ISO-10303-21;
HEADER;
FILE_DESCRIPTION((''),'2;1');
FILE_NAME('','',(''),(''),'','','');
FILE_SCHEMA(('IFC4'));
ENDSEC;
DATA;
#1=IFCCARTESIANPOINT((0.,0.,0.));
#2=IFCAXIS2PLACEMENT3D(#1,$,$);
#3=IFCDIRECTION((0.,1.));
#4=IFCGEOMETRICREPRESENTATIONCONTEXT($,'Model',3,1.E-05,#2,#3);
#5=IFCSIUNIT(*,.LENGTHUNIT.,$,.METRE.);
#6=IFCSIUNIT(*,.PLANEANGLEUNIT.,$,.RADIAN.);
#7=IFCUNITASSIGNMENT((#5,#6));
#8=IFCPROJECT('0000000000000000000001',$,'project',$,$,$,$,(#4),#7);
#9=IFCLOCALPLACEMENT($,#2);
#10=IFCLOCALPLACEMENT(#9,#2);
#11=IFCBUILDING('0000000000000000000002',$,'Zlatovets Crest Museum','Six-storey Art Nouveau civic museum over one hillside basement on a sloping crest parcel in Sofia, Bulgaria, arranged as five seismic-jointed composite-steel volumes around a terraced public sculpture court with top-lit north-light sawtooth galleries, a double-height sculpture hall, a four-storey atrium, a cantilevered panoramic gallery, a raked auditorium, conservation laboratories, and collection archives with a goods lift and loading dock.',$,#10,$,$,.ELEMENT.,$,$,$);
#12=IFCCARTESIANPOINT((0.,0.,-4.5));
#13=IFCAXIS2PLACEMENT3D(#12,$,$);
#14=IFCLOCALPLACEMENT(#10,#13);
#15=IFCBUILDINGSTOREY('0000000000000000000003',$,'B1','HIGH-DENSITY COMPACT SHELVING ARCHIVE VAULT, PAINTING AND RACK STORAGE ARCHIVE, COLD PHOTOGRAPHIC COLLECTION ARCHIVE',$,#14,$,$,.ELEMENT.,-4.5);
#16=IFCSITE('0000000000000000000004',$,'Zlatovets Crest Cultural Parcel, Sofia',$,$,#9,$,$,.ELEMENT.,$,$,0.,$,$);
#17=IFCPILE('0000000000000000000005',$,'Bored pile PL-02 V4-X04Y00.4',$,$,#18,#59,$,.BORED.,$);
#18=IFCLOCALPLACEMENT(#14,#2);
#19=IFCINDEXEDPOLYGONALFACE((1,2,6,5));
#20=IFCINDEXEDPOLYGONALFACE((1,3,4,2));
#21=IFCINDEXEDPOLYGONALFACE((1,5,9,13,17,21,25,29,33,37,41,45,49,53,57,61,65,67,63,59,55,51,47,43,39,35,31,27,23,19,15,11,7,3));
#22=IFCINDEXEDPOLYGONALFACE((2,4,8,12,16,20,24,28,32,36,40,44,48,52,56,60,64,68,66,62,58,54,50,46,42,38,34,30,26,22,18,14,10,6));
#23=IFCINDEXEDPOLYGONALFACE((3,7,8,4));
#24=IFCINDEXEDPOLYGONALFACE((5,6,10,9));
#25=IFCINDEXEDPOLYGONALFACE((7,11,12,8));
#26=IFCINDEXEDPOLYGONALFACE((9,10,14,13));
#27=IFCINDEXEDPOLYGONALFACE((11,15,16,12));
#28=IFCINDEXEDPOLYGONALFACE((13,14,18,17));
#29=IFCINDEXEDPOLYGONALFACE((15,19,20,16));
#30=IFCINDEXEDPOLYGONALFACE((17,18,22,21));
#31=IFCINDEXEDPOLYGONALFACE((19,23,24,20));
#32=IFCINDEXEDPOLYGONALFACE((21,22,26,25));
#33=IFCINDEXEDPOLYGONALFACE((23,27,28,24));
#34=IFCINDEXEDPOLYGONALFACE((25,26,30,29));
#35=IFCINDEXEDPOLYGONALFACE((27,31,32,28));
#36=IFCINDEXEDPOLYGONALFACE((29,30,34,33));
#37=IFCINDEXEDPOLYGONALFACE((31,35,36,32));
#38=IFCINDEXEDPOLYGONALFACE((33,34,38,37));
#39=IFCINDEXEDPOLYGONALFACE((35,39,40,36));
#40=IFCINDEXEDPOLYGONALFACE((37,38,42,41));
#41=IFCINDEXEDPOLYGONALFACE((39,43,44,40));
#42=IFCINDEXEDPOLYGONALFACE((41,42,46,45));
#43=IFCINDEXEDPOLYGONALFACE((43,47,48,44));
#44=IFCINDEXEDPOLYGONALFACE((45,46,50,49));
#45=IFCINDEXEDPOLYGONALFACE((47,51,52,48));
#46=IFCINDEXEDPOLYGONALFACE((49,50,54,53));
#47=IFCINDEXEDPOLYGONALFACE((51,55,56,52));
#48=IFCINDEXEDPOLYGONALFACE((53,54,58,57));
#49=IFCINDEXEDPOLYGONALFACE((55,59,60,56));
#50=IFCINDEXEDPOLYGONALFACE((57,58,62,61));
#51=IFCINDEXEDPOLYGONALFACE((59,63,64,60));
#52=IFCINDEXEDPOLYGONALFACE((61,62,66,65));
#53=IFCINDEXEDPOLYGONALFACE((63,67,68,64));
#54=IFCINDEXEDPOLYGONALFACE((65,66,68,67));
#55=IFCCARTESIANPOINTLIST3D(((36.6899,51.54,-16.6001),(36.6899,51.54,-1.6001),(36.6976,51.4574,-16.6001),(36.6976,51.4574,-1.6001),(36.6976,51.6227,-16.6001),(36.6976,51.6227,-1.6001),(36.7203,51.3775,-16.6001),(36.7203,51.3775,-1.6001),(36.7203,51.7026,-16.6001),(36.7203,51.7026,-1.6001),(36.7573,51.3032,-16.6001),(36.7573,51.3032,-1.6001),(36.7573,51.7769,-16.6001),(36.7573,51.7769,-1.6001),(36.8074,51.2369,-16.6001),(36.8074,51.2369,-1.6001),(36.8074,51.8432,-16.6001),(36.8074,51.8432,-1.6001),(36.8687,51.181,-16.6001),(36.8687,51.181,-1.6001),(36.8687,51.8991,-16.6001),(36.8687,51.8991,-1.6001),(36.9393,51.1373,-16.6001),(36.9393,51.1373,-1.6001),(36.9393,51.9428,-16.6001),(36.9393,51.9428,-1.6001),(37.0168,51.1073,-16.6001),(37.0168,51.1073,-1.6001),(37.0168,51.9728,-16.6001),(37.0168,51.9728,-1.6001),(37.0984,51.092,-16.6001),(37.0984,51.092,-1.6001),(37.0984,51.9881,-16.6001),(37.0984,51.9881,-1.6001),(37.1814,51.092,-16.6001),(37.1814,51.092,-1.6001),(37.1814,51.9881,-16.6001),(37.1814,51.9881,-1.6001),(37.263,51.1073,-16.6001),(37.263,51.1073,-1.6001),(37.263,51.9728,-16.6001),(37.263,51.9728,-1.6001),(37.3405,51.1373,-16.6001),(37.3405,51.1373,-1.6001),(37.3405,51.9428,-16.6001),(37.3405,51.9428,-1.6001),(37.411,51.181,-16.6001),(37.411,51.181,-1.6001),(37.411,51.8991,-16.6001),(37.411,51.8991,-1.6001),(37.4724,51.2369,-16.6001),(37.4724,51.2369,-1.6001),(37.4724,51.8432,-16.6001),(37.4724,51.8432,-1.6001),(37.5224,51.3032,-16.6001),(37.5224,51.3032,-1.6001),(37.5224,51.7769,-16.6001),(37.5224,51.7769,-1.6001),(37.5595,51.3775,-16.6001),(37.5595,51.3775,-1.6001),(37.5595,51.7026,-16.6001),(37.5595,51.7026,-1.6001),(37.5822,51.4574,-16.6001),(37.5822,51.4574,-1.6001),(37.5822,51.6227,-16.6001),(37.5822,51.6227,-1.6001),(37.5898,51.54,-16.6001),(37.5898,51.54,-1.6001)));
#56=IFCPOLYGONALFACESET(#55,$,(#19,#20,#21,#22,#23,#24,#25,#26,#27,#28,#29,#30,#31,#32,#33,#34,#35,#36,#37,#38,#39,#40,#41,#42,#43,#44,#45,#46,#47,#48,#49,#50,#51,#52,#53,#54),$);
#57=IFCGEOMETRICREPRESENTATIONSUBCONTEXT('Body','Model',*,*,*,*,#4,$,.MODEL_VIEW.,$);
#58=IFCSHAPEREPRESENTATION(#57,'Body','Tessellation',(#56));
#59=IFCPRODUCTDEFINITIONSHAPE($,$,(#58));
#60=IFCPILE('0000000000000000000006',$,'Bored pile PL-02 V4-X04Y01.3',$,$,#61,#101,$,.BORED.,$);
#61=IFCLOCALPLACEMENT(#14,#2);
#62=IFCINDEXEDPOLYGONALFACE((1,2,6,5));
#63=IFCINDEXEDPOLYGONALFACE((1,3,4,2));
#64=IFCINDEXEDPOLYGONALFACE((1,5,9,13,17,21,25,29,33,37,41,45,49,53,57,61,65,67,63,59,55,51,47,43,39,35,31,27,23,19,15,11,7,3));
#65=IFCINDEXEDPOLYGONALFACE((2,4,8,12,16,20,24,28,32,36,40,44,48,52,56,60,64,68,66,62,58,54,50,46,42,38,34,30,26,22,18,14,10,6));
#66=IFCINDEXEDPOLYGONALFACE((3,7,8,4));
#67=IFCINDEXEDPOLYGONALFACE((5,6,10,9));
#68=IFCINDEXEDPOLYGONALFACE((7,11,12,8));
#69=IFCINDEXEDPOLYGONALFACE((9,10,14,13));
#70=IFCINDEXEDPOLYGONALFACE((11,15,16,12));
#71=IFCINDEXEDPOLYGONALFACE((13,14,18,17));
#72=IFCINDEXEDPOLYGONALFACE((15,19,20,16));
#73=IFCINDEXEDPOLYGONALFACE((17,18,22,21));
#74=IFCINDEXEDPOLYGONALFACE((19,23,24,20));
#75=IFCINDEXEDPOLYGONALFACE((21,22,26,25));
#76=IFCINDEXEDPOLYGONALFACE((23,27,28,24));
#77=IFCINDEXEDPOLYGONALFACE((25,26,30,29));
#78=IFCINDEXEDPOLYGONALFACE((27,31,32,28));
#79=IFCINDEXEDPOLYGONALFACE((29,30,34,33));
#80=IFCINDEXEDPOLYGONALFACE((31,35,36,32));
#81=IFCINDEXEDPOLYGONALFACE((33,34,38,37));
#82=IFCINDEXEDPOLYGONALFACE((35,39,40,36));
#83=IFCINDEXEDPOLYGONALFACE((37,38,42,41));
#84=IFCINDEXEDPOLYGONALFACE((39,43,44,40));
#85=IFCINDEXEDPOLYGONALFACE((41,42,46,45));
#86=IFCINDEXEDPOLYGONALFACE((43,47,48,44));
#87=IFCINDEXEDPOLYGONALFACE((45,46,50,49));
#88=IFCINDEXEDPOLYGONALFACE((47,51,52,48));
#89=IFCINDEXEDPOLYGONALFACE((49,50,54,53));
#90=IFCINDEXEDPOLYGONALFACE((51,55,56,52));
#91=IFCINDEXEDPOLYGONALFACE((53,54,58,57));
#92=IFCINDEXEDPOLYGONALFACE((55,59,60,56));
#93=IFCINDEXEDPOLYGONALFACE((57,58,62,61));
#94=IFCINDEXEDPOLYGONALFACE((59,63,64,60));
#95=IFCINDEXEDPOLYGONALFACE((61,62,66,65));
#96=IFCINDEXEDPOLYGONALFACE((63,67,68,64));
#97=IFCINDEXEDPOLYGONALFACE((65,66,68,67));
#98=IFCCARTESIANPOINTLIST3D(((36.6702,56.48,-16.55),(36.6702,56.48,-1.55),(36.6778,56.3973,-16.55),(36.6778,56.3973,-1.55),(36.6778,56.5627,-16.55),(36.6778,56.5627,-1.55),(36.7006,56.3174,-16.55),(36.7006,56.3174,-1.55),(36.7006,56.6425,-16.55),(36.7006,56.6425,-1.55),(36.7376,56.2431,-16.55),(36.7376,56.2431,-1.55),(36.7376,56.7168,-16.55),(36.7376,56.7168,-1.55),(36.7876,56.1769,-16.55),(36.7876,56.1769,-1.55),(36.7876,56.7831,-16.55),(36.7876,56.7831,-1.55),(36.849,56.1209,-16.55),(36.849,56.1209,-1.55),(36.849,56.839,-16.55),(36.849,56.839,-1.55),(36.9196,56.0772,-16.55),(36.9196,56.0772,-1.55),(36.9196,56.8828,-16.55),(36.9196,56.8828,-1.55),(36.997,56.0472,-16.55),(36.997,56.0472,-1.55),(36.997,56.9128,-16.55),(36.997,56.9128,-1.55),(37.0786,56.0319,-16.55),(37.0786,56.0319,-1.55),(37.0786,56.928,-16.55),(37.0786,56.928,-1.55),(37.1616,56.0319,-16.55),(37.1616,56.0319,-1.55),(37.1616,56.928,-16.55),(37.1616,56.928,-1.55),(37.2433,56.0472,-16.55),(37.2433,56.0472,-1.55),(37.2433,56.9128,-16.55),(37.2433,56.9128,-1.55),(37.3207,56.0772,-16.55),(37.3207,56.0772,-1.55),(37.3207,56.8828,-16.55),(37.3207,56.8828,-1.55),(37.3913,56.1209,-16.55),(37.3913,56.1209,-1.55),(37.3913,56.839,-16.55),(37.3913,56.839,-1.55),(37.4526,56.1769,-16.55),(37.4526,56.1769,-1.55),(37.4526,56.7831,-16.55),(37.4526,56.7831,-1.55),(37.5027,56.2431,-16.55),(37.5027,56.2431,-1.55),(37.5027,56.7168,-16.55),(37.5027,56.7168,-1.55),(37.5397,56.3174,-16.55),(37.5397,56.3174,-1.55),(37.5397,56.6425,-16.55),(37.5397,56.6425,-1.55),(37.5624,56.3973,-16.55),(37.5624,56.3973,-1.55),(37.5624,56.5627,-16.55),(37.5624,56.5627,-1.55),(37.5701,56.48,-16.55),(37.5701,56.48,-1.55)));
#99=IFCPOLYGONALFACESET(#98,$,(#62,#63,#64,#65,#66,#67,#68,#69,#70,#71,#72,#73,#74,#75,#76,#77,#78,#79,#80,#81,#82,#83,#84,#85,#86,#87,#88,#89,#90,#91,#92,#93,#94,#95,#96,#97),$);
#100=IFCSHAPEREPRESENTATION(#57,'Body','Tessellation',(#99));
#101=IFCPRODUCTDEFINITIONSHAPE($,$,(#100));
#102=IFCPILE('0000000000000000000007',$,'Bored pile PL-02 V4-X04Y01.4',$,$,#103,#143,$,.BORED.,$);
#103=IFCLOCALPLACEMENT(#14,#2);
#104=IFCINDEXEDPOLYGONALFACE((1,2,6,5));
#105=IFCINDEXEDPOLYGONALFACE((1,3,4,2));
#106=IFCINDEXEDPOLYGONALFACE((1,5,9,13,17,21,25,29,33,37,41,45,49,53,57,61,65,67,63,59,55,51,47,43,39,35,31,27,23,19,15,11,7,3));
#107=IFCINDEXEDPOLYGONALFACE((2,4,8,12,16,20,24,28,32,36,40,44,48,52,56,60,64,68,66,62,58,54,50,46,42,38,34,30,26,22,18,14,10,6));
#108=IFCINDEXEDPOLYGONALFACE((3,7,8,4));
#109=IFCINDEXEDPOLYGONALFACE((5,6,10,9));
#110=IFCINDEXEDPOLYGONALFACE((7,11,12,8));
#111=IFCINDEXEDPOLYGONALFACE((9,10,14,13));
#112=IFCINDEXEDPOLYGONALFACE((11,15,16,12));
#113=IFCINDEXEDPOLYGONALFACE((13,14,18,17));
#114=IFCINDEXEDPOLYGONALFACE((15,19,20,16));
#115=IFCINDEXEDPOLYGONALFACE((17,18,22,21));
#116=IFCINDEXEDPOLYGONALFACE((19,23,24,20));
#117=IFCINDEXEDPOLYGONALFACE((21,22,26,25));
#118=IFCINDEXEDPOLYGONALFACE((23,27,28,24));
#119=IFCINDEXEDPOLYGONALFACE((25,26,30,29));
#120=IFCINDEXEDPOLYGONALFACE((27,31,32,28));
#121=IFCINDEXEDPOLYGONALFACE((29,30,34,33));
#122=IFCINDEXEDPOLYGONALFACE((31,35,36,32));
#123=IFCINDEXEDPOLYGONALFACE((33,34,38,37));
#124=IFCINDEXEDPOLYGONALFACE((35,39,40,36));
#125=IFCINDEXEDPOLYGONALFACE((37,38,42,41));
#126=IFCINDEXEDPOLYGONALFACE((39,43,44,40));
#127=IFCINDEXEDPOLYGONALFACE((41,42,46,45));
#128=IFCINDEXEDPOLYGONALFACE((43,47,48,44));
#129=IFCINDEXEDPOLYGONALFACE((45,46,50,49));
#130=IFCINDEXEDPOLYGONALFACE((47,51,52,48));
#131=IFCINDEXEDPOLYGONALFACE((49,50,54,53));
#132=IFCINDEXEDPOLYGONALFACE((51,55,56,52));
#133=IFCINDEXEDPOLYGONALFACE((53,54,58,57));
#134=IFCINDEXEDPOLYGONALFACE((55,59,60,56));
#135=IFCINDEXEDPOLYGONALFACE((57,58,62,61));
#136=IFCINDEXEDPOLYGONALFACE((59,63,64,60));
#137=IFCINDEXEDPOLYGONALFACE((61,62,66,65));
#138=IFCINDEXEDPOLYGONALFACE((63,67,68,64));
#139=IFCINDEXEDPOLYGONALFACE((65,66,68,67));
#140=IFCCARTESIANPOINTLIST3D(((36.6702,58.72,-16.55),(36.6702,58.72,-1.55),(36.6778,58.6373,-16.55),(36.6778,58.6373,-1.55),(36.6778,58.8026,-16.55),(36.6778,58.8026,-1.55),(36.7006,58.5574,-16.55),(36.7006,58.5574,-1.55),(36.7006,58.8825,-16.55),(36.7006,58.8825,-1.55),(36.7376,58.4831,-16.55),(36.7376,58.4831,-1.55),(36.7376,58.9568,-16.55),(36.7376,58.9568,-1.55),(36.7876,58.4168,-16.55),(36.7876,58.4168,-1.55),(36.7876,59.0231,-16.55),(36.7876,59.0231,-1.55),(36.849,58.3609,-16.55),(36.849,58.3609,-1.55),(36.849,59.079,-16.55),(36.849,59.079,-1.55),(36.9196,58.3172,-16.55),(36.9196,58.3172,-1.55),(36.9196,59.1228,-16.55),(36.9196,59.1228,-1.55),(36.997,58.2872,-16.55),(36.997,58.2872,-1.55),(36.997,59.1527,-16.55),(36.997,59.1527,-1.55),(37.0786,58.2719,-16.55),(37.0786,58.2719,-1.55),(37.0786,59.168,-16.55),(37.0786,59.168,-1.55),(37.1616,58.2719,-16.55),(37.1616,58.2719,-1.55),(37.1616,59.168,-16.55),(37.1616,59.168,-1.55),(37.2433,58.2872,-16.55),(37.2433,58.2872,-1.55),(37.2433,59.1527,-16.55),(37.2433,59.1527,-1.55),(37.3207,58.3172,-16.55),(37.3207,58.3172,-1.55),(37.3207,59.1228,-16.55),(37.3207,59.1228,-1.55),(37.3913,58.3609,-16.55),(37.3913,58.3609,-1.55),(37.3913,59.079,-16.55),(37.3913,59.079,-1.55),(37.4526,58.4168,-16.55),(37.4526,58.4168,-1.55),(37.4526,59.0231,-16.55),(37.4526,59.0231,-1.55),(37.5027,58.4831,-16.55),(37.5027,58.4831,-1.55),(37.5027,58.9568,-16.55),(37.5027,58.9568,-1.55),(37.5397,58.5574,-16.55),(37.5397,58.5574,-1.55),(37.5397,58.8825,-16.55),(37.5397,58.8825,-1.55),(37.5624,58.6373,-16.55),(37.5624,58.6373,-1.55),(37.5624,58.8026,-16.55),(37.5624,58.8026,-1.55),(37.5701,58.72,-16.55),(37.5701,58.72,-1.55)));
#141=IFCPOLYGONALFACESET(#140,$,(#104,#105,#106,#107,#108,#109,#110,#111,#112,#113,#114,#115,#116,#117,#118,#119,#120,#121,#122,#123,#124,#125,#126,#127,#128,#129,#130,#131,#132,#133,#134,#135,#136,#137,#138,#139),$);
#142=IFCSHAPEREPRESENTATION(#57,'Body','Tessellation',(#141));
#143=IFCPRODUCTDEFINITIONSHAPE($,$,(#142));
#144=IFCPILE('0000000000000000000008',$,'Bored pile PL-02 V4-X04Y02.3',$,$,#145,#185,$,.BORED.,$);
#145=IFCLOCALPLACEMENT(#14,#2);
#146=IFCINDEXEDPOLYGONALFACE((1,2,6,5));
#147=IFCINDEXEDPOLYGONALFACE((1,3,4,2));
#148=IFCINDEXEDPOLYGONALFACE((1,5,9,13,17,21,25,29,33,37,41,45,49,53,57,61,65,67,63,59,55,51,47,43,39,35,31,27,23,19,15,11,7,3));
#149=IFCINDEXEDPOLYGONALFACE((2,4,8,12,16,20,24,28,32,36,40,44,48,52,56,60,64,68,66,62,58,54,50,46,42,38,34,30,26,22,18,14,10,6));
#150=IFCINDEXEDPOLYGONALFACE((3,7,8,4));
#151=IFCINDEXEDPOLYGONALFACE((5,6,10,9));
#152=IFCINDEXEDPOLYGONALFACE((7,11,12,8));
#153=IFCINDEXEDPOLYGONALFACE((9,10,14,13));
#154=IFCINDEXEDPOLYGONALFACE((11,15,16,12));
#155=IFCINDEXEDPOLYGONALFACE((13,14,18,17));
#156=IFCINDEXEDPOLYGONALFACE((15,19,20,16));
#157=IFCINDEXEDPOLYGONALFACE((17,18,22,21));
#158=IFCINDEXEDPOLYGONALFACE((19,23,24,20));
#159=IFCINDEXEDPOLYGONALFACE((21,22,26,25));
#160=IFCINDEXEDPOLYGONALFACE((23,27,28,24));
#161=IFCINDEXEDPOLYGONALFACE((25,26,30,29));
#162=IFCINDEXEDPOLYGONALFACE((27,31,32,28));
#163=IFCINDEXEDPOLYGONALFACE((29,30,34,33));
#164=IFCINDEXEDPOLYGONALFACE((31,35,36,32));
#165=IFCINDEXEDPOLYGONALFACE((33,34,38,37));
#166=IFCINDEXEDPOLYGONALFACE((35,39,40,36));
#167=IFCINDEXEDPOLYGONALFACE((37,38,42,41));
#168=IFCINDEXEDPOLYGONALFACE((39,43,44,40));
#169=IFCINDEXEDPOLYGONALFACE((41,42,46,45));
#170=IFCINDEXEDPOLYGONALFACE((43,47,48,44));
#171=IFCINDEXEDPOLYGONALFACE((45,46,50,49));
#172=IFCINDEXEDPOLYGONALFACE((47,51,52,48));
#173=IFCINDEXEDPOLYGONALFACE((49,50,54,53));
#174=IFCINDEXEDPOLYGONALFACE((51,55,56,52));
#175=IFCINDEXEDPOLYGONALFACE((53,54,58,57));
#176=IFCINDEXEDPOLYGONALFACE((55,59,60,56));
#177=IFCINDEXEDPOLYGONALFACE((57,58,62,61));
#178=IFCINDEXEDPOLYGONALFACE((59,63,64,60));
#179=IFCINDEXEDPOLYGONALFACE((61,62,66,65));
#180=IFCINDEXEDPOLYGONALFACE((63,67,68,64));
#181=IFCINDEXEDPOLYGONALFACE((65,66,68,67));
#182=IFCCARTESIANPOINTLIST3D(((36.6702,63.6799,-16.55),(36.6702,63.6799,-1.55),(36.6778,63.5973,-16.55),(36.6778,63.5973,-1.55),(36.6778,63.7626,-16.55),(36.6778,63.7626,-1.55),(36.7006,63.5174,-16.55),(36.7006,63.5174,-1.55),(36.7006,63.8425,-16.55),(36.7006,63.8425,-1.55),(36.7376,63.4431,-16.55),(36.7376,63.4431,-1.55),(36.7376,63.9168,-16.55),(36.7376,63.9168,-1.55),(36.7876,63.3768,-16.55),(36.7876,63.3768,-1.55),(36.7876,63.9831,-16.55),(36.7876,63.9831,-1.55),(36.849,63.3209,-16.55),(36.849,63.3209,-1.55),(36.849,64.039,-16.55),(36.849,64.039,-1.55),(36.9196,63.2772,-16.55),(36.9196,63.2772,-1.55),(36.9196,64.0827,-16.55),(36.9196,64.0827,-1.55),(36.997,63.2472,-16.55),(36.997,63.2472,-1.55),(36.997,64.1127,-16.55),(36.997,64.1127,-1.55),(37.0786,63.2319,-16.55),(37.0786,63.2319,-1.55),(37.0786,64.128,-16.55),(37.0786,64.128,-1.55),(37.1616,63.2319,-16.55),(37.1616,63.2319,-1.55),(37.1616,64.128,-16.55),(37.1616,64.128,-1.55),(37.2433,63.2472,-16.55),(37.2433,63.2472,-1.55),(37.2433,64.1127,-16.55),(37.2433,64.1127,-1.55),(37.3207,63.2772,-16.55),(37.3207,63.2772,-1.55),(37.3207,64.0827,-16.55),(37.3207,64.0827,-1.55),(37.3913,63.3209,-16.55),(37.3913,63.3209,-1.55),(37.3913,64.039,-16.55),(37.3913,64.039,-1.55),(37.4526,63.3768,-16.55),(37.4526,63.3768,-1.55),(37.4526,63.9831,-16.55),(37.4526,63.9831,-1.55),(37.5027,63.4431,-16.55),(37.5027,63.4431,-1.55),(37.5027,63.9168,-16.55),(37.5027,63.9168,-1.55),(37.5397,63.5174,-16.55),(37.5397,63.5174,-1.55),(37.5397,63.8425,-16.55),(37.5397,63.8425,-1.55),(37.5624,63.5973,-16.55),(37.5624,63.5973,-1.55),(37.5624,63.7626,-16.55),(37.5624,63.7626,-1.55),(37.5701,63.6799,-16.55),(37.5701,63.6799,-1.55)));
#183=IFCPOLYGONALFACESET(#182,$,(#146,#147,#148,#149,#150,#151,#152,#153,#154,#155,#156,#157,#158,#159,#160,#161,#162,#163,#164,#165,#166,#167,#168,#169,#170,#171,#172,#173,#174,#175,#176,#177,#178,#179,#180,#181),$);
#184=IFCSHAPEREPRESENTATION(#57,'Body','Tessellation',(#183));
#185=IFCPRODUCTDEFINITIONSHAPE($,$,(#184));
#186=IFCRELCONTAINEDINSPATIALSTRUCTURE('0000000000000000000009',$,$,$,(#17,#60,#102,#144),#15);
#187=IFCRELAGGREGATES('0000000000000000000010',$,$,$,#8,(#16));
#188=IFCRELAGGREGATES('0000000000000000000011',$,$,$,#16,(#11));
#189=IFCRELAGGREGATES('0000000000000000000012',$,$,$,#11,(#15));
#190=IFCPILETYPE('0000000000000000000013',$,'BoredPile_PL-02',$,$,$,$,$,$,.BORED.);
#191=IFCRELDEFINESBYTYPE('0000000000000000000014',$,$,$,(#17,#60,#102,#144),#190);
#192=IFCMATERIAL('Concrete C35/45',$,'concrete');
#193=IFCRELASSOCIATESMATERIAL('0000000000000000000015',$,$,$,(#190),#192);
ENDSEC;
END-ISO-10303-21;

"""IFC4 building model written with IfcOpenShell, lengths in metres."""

from ifc_helpers import new_model, si_unit, direction, frame, origin, origin_2d, place, context, subcontext, project, spatial, circle, extrude, material, material_profile, profile_set, type_object, element, save


model = new_model("IFC4")

# Units and contexts
model_context = context("Model", 3, precision=1e-05, world=origin(), true_north=direction((0.0, 1.0)))
body_context = subcontext(model_context, "Body", "Model", "MODEL_VIEW")
ifc_project = project(units=[si_unit("LENGTHUNIT", "METRE"), si_unit("PLANEANGLEUNIT", "RADIAN")], contexts=[model_context])

# Site, building, storey
site_placement = place(None, origin())
site = spatial("IfcSite", under=ifc_project, at=site_placement, Name="Zlatovets Crest Cultural Parcel, Sofia", CompositionType="ELEMENT", RefElevation=0.0)
building_placement = place(site_placement, origin())
building = spatial("IfcBuilding", under=site, at=building_placement, Name="Zlatovets Crest Museum", Description="Six-storey Art Nouveau civic museum over one hillside basement on a sloping crest parcel in Sofia, Bulgaria, arranged as five seismic-jointed composite-steel volumes around a terraced public sculpture court with top-lit north-light sawtooth galleries, a double-height sculpture hall, a four-storey atrium, a cantilevered panoramic gallery, a raked auditorium, conservation laboratories, and collection archives with a goods lift and loading dock.", CompositionType="ELEMENT")
storey_placement = place(building_placement, frame((0.0, 0.0, -4.5)))
storey = spatial("IfcBuildingStorey", under=building, at=storey_placement, Name="B1", Description="HIGH-DENSITY COMPACT SHELVING ARCHIVE VAULT, PAINTING AND RACK STORAGE ARCHIVE, COLD PHOTOGRAPHIC COLLECTION ARCHIVE", CompositionType="ELEMENT", Elevation=-4.5)

# Piles
ifc_material = material(Name="Concrete C35/45", Category="concrete")
ifc_material_profile_1 = material_profile(ifc_material, circle(Radius=0.45, at=origin_2d()), Name="PILE D900")
ifc_profile_set_1 = profile_set([ifc_material_profile_1], Name="Concrete C35/45")
pile_type_1 = type_object("IfcPileType", Name="BoredPile_PL-02", PredefinedType="BORED", material=ifc_profile_set_1)
for number, where, z_axis, x_axis, name in (
    (1, (37.1399, 51.54, -1.6001), (0.0, 0.0, -1.0), (1.0, 0.0, 0.0), "Bored pile PL-02 V4-X04Y00.4"),
    (2, (37.1201, 56.48, -1.55), (0.0, 0.0, -1.0), (1.0, 0.0, 0.0), "Bored pile PL-02 V4-X04Y01.3"),
    (3, (37.1201, 58.72, -1.55), (0.0, 0.0, -1.0), (1.0, 0.0, 0.0), "Bored pile PL-02 V4-X04Y01.4"),
    (4, (37.1201, 63.6799, -1.55), (0.0, 0.0, -1.0), (1.0, 0.0, 0.0), "Bored pile PL-02 V4-X04Y02.3"),
):
    element("IfcPile", number, at=place(storey_placement, frame(where, z_axis=z_axis, x_axis=x_axis)), inside=storey, type_object=pile_type_1, Name=name, PredefinedType="BORED", context=body_context, shape_type="SweptSolid", body=[
        extrude(circle(Radius=0.45, at=origin_2d()), origin(), (0.0, 0.0, 1.0), 15.0),
    ])

save(model, "model.ifc")
